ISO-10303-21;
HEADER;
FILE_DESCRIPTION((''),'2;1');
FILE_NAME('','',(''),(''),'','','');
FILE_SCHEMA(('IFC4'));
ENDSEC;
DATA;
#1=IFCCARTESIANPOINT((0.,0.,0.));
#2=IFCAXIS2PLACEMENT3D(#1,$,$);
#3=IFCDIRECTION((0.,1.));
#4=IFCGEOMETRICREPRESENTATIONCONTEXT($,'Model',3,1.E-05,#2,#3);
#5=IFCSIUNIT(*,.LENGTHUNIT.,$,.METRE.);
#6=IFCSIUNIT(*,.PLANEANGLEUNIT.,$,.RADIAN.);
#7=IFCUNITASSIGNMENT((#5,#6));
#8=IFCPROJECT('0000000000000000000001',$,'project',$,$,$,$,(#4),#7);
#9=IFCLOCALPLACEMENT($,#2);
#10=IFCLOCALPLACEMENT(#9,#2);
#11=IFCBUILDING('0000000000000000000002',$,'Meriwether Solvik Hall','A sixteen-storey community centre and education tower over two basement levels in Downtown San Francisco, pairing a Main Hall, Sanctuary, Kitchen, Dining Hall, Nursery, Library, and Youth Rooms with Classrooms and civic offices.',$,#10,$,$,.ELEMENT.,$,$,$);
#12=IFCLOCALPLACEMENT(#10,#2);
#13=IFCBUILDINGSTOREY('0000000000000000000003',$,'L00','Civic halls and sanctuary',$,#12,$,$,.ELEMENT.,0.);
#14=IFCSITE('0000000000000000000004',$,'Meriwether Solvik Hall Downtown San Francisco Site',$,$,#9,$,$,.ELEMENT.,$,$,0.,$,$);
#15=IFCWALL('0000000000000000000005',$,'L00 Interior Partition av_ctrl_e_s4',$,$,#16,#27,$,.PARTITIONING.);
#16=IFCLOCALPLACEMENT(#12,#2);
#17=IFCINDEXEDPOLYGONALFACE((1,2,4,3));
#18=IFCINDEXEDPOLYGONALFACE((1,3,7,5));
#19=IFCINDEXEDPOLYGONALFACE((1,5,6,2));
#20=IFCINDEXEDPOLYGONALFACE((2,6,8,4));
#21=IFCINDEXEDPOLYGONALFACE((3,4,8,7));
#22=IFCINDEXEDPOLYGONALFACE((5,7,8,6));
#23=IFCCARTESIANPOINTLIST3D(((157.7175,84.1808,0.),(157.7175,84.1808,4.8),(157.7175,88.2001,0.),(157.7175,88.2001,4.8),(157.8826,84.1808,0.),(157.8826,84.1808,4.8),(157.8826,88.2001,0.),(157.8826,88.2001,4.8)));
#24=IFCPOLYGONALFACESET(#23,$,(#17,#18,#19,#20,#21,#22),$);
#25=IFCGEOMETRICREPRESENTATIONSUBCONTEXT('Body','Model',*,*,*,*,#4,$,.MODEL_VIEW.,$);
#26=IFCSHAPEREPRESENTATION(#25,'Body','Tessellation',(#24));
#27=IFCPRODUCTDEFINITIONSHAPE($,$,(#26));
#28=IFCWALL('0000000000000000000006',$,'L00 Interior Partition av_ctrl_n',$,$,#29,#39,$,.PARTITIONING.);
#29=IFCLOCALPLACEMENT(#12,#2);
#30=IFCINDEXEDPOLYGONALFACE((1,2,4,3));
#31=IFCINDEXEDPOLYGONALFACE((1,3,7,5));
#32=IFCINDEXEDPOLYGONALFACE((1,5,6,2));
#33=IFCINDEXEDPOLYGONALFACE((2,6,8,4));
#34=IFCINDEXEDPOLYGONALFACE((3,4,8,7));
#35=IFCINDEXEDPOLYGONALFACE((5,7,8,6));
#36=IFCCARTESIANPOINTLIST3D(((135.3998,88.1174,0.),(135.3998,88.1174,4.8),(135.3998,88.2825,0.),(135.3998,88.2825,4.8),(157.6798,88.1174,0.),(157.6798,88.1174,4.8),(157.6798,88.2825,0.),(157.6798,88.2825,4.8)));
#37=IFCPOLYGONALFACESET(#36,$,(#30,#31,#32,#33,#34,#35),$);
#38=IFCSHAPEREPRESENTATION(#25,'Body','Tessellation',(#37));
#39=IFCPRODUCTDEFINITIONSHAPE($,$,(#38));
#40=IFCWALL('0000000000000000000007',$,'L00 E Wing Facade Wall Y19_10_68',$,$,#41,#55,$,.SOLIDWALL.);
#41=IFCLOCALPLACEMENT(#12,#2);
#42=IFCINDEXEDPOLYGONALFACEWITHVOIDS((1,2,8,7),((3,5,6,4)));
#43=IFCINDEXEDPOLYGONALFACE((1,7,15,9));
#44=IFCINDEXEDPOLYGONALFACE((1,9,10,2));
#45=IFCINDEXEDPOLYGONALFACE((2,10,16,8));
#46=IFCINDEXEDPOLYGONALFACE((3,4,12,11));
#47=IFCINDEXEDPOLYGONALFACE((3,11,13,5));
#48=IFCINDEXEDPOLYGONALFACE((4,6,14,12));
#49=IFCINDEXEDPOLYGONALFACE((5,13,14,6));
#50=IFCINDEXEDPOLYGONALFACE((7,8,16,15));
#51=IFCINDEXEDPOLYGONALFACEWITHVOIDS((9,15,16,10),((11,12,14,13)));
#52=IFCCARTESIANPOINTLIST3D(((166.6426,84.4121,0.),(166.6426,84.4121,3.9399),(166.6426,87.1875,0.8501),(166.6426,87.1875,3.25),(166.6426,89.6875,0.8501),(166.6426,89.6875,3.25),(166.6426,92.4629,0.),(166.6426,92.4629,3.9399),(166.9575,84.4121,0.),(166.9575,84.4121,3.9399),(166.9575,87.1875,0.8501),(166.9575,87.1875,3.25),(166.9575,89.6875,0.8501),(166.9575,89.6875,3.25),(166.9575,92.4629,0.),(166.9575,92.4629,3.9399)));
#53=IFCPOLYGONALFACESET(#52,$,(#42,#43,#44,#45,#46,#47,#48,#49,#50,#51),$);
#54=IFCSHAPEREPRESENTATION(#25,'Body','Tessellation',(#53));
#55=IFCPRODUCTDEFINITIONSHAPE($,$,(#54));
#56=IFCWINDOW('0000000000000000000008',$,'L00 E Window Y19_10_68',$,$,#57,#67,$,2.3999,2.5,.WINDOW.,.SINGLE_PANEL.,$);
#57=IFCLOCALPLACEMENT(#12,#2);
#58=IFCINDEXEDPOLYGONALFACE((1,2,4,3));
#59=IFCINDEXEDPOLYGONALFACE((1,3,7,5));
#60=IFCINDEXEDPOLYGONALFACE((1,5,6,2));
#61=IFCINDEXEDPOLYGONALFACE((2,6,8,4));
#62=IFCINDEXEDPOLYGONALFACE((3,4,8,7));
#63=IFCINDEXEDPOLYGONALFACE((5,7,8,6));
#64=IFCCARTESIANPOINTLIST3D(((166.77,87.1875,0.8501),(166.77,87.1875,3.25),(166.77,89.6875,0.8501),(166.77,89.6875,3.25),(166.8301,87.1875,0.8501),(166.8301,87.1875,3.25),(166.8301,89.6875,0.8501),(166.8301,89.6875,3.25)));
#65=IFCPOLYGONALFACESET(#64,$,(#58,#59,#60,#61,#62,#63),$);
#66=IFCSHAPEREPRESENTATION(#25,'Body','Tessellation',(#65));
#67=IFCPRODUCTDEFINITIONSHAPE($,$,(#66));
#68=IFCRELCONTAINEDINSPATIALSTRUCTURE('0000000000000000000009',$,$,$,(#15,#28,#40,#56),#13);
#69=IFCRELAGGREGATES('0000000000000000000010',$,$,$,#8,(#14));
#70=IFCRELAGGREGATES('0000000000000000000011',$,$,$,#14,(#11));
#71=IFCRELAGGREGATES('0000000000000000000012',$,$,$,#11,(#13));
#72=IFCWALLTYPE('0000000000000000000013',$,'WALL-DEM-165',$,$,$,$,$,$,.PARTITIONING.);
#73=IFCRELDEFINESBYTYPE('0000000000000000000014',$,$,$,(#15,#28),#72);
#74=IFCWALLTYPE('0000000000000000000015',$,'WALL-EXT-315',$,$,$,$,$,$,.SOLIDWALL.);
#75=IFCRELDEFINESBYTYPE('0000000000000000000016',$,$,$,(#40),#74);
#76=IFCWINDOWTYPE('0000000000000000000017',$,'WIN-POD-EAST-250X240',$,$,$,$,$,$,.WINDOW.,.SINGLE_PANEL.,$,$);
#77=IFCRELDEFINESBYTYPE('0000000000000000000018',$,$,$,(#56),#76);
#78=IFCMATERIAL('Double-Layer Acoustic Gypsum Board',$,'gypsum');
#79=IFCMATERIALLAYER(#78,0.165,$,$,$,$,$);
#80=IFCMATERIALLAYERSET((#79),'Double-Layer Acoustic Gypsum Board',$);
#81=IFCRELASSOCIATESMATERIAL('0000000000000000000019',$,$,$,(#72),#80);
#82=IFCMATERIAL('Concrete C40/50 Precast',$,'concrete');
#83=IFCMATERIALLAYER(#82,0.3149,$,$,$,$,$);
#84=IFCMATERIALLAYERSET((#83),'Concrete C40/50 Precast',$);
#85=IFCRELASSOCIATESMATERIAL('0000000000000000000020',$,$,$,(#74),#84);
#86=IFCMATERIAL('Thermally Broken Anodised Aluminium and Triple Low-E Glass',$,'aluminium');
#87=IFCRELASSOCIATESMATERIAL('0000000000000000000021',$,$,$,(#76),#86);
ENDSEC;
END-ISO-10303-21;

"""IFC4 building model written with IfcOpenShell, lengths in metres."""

from ifc_helpers import new_model, si_unit, direction, frame, frame_2d, origin, place, context, subcontext, project, spatial, rectangle, extrude, material, layer, layer_set, type_object, element, fill, save


model = new_model("IFC4")

# Units and contexts
model_context = context("Model", 3, precision=1e-05, world=origin(), true_north=direction((0.0, 1.0)))
body_context = subcontext(model_context, "Body", "Model", "MODEL_VIEW")
ifc_project = project(units=[si_unit("LENGTHUNIT", "METRE"), si_unit("PLANEANGLEUNIT", "RADIAN")], contexts=[model_context])

# Site, building, storey
site_placement = place(None, origin())
site = spatial("IfcSite", under=ifc_project, at=site_placement, Name="Meriwether Solvik Hall Downtown San Francisco Site", CompositionType="ELEMENT", RefElevation=0.0)
building_placement = place(site_placement, origin())
building = spatial("IfcBuilding", under=site, at=building_placement, Name="Meriwether Solvik Hall", Description="A sixteen-storey community centre and education tower over two basement levels in Downtown San Francisco, pairing a Main Hall, Sanctuary, Kitchen, Dining Hall, Nursery, Library, and Youth Rooms with Classrooms and civic offices.", CompositionType="ELEMENT")
storey_placement = place(building_placement, origin())
storey = spatial("IfcBuildingStorey", under=building, at=storey_placement, Name="L00", Description="Civic halls and sanctuary", CompositionType="ELEMENT", Elevation=0.0)

# Walls
ifc_material_1 = material(Name="Double-Layer Acoustic Gypsum Board", Category="gypsum")
ifc_layer_1 = layer(ifc_material_1, 0.165)
ifc_layer_set_1 = layer_set([ifc_layer_1], Name="Double-Layer Acoustic Gypsum Board")
wall_type_1 = type_object("IfcWallType", Name="WALL-DEM-165", PredefinedType="PARTITIONING", material=ifc_layer_set_1)
wall_1_placement = place(storey_placement, frame((157.8, 84.1807, 0.0), z_axis=(0.0, 0.0, 1.0), x_axis=(0.0, 1.0, 0.0)))
element("IfcWall", 1, at=wall_1_placement, inside=storey, type_object=wall_type_1, Name="L00 Interior Partition av_ctrl_e_s4", PredefinedType="PARTITIONING", context=body_context, shape_type="SweptSolid", body=[
    extrude(rectangle(XDim=4.0193, YDim=0.165, at=frame_2d((2.0098, 0.0))), origin(), (0.0, 0.0, 1.0), 4.8),
])
wall_2_placement = place(storey_placement, frame((157.6799, 88.2, 0.0), z_axis=(0.0, 0.0, 1.0), x_axis=(-1.0, 0.0, 0.0)))
element("IfcWall", 2, at=wall_2_placement, inside=storey, type_object=wall_type_1, Name="L00 Interior Partition av_ctrl_n", PredefinedType="PARTITIONING", context=body_context, shape_type="SweptSolid", body=[
    extrude(rectangle(XDim=22.28, YDim=0.165, at=frame_2d((11.1401, 0.0))), origin(), (0.0, 0.0, 1.0), 4.8),
])

# Wall, opening, window
ifc_material_2 = material(Name="Concrete C40/50 Precast", Category="concrete")
ifc_layer_2 = layer(ifc_material_2, 0.3149)
ifc_layer_set_2 = layer_set([ifc_layer_2], Name="Concrete C40/50 Precast")
wall_type_2 = type_object("IfcWallType", Name="WALL-EXT-315", PredefinedType="SOLIDWALL", material=ifc_layer_set_2)
wall_3_placement = place(storey_placement, frame((166.8, 92.4629, 0.0), z_axis=(0.0, 0.0, 1.0), x_axis=(0.0, -1.0, 0.0)))
wall_3 = element("IfcWall", 3, at=wall_3_placement, inside=storey, type_object=wall_type_2, Name="L00 E Wing Facade Wall Y19_10_68", PredefinedType="SOLIDWALL", context=body_context, shape_type="SweptSolid", body=[
    extrude(rectangle(XDim=8.0508, YDim=0.3149, at=frame_2d((4.0254, 0.0))), origin(), (0.0, 0.0, 1.0), 3.9399),
])
opening_placement = place(wall_3_placement, frame((2.7754, 0.0, 0.8501)))
opening = element("IfcOpeningElement", 4, at=opening_placement, cuts=wall_3, PredefinedType="OPENING", context=body_context, shape_type="SweptSolid", body=[
    extrude(rectangle(XDim=2.5, YDim=2.3999, at=frame_2d((1.25, 1.2))), frame((0.0, 0.1694, 0.0), z_axis=(0.0, -1.0, 0.0), x_axis=(1.0, 0.0, 0.0)), (0.0, 0.0, 1.0), 0.3389),
])
ifc_material_3 = material(Name="Thermally Broken Anodised Aluminium and Triple Low-E Glass", Category="aluminium")
window_type = type_object("IfcWindowType", Name="WIN-POD-EAST-250X240", PartitioningType="SINGLE_PANEL", PredefinedType="WINDOW", material=ifc_material_3)
window_placement = place(opening_placement, origin())
window = element("IfcWindow", 5, at=window_placement, inside=storey, type_object=window_type, Name="L00 E Window Y19_10_68", OverallHeight=2.3999, OverallWidth=2.5, PartitioningType="SINGLE_PANEL", PredefinedType="WINDOW", context=body_context, shape_type="SweptSolid", body=[
    extrude(rectangle(XDim=2.5, YDim=2.3999, at=frame_2d((1.25, 1.2))), frame((0.0, 0.03, 0.0), z_axis=(0.0, -1.0, 0.0), x_axis=(1.0, 0.0, 0.0)), (0.0, 0.0, 1.0), 0.0601),
])
fill(opening, window)

save(model, "model.ifc")
